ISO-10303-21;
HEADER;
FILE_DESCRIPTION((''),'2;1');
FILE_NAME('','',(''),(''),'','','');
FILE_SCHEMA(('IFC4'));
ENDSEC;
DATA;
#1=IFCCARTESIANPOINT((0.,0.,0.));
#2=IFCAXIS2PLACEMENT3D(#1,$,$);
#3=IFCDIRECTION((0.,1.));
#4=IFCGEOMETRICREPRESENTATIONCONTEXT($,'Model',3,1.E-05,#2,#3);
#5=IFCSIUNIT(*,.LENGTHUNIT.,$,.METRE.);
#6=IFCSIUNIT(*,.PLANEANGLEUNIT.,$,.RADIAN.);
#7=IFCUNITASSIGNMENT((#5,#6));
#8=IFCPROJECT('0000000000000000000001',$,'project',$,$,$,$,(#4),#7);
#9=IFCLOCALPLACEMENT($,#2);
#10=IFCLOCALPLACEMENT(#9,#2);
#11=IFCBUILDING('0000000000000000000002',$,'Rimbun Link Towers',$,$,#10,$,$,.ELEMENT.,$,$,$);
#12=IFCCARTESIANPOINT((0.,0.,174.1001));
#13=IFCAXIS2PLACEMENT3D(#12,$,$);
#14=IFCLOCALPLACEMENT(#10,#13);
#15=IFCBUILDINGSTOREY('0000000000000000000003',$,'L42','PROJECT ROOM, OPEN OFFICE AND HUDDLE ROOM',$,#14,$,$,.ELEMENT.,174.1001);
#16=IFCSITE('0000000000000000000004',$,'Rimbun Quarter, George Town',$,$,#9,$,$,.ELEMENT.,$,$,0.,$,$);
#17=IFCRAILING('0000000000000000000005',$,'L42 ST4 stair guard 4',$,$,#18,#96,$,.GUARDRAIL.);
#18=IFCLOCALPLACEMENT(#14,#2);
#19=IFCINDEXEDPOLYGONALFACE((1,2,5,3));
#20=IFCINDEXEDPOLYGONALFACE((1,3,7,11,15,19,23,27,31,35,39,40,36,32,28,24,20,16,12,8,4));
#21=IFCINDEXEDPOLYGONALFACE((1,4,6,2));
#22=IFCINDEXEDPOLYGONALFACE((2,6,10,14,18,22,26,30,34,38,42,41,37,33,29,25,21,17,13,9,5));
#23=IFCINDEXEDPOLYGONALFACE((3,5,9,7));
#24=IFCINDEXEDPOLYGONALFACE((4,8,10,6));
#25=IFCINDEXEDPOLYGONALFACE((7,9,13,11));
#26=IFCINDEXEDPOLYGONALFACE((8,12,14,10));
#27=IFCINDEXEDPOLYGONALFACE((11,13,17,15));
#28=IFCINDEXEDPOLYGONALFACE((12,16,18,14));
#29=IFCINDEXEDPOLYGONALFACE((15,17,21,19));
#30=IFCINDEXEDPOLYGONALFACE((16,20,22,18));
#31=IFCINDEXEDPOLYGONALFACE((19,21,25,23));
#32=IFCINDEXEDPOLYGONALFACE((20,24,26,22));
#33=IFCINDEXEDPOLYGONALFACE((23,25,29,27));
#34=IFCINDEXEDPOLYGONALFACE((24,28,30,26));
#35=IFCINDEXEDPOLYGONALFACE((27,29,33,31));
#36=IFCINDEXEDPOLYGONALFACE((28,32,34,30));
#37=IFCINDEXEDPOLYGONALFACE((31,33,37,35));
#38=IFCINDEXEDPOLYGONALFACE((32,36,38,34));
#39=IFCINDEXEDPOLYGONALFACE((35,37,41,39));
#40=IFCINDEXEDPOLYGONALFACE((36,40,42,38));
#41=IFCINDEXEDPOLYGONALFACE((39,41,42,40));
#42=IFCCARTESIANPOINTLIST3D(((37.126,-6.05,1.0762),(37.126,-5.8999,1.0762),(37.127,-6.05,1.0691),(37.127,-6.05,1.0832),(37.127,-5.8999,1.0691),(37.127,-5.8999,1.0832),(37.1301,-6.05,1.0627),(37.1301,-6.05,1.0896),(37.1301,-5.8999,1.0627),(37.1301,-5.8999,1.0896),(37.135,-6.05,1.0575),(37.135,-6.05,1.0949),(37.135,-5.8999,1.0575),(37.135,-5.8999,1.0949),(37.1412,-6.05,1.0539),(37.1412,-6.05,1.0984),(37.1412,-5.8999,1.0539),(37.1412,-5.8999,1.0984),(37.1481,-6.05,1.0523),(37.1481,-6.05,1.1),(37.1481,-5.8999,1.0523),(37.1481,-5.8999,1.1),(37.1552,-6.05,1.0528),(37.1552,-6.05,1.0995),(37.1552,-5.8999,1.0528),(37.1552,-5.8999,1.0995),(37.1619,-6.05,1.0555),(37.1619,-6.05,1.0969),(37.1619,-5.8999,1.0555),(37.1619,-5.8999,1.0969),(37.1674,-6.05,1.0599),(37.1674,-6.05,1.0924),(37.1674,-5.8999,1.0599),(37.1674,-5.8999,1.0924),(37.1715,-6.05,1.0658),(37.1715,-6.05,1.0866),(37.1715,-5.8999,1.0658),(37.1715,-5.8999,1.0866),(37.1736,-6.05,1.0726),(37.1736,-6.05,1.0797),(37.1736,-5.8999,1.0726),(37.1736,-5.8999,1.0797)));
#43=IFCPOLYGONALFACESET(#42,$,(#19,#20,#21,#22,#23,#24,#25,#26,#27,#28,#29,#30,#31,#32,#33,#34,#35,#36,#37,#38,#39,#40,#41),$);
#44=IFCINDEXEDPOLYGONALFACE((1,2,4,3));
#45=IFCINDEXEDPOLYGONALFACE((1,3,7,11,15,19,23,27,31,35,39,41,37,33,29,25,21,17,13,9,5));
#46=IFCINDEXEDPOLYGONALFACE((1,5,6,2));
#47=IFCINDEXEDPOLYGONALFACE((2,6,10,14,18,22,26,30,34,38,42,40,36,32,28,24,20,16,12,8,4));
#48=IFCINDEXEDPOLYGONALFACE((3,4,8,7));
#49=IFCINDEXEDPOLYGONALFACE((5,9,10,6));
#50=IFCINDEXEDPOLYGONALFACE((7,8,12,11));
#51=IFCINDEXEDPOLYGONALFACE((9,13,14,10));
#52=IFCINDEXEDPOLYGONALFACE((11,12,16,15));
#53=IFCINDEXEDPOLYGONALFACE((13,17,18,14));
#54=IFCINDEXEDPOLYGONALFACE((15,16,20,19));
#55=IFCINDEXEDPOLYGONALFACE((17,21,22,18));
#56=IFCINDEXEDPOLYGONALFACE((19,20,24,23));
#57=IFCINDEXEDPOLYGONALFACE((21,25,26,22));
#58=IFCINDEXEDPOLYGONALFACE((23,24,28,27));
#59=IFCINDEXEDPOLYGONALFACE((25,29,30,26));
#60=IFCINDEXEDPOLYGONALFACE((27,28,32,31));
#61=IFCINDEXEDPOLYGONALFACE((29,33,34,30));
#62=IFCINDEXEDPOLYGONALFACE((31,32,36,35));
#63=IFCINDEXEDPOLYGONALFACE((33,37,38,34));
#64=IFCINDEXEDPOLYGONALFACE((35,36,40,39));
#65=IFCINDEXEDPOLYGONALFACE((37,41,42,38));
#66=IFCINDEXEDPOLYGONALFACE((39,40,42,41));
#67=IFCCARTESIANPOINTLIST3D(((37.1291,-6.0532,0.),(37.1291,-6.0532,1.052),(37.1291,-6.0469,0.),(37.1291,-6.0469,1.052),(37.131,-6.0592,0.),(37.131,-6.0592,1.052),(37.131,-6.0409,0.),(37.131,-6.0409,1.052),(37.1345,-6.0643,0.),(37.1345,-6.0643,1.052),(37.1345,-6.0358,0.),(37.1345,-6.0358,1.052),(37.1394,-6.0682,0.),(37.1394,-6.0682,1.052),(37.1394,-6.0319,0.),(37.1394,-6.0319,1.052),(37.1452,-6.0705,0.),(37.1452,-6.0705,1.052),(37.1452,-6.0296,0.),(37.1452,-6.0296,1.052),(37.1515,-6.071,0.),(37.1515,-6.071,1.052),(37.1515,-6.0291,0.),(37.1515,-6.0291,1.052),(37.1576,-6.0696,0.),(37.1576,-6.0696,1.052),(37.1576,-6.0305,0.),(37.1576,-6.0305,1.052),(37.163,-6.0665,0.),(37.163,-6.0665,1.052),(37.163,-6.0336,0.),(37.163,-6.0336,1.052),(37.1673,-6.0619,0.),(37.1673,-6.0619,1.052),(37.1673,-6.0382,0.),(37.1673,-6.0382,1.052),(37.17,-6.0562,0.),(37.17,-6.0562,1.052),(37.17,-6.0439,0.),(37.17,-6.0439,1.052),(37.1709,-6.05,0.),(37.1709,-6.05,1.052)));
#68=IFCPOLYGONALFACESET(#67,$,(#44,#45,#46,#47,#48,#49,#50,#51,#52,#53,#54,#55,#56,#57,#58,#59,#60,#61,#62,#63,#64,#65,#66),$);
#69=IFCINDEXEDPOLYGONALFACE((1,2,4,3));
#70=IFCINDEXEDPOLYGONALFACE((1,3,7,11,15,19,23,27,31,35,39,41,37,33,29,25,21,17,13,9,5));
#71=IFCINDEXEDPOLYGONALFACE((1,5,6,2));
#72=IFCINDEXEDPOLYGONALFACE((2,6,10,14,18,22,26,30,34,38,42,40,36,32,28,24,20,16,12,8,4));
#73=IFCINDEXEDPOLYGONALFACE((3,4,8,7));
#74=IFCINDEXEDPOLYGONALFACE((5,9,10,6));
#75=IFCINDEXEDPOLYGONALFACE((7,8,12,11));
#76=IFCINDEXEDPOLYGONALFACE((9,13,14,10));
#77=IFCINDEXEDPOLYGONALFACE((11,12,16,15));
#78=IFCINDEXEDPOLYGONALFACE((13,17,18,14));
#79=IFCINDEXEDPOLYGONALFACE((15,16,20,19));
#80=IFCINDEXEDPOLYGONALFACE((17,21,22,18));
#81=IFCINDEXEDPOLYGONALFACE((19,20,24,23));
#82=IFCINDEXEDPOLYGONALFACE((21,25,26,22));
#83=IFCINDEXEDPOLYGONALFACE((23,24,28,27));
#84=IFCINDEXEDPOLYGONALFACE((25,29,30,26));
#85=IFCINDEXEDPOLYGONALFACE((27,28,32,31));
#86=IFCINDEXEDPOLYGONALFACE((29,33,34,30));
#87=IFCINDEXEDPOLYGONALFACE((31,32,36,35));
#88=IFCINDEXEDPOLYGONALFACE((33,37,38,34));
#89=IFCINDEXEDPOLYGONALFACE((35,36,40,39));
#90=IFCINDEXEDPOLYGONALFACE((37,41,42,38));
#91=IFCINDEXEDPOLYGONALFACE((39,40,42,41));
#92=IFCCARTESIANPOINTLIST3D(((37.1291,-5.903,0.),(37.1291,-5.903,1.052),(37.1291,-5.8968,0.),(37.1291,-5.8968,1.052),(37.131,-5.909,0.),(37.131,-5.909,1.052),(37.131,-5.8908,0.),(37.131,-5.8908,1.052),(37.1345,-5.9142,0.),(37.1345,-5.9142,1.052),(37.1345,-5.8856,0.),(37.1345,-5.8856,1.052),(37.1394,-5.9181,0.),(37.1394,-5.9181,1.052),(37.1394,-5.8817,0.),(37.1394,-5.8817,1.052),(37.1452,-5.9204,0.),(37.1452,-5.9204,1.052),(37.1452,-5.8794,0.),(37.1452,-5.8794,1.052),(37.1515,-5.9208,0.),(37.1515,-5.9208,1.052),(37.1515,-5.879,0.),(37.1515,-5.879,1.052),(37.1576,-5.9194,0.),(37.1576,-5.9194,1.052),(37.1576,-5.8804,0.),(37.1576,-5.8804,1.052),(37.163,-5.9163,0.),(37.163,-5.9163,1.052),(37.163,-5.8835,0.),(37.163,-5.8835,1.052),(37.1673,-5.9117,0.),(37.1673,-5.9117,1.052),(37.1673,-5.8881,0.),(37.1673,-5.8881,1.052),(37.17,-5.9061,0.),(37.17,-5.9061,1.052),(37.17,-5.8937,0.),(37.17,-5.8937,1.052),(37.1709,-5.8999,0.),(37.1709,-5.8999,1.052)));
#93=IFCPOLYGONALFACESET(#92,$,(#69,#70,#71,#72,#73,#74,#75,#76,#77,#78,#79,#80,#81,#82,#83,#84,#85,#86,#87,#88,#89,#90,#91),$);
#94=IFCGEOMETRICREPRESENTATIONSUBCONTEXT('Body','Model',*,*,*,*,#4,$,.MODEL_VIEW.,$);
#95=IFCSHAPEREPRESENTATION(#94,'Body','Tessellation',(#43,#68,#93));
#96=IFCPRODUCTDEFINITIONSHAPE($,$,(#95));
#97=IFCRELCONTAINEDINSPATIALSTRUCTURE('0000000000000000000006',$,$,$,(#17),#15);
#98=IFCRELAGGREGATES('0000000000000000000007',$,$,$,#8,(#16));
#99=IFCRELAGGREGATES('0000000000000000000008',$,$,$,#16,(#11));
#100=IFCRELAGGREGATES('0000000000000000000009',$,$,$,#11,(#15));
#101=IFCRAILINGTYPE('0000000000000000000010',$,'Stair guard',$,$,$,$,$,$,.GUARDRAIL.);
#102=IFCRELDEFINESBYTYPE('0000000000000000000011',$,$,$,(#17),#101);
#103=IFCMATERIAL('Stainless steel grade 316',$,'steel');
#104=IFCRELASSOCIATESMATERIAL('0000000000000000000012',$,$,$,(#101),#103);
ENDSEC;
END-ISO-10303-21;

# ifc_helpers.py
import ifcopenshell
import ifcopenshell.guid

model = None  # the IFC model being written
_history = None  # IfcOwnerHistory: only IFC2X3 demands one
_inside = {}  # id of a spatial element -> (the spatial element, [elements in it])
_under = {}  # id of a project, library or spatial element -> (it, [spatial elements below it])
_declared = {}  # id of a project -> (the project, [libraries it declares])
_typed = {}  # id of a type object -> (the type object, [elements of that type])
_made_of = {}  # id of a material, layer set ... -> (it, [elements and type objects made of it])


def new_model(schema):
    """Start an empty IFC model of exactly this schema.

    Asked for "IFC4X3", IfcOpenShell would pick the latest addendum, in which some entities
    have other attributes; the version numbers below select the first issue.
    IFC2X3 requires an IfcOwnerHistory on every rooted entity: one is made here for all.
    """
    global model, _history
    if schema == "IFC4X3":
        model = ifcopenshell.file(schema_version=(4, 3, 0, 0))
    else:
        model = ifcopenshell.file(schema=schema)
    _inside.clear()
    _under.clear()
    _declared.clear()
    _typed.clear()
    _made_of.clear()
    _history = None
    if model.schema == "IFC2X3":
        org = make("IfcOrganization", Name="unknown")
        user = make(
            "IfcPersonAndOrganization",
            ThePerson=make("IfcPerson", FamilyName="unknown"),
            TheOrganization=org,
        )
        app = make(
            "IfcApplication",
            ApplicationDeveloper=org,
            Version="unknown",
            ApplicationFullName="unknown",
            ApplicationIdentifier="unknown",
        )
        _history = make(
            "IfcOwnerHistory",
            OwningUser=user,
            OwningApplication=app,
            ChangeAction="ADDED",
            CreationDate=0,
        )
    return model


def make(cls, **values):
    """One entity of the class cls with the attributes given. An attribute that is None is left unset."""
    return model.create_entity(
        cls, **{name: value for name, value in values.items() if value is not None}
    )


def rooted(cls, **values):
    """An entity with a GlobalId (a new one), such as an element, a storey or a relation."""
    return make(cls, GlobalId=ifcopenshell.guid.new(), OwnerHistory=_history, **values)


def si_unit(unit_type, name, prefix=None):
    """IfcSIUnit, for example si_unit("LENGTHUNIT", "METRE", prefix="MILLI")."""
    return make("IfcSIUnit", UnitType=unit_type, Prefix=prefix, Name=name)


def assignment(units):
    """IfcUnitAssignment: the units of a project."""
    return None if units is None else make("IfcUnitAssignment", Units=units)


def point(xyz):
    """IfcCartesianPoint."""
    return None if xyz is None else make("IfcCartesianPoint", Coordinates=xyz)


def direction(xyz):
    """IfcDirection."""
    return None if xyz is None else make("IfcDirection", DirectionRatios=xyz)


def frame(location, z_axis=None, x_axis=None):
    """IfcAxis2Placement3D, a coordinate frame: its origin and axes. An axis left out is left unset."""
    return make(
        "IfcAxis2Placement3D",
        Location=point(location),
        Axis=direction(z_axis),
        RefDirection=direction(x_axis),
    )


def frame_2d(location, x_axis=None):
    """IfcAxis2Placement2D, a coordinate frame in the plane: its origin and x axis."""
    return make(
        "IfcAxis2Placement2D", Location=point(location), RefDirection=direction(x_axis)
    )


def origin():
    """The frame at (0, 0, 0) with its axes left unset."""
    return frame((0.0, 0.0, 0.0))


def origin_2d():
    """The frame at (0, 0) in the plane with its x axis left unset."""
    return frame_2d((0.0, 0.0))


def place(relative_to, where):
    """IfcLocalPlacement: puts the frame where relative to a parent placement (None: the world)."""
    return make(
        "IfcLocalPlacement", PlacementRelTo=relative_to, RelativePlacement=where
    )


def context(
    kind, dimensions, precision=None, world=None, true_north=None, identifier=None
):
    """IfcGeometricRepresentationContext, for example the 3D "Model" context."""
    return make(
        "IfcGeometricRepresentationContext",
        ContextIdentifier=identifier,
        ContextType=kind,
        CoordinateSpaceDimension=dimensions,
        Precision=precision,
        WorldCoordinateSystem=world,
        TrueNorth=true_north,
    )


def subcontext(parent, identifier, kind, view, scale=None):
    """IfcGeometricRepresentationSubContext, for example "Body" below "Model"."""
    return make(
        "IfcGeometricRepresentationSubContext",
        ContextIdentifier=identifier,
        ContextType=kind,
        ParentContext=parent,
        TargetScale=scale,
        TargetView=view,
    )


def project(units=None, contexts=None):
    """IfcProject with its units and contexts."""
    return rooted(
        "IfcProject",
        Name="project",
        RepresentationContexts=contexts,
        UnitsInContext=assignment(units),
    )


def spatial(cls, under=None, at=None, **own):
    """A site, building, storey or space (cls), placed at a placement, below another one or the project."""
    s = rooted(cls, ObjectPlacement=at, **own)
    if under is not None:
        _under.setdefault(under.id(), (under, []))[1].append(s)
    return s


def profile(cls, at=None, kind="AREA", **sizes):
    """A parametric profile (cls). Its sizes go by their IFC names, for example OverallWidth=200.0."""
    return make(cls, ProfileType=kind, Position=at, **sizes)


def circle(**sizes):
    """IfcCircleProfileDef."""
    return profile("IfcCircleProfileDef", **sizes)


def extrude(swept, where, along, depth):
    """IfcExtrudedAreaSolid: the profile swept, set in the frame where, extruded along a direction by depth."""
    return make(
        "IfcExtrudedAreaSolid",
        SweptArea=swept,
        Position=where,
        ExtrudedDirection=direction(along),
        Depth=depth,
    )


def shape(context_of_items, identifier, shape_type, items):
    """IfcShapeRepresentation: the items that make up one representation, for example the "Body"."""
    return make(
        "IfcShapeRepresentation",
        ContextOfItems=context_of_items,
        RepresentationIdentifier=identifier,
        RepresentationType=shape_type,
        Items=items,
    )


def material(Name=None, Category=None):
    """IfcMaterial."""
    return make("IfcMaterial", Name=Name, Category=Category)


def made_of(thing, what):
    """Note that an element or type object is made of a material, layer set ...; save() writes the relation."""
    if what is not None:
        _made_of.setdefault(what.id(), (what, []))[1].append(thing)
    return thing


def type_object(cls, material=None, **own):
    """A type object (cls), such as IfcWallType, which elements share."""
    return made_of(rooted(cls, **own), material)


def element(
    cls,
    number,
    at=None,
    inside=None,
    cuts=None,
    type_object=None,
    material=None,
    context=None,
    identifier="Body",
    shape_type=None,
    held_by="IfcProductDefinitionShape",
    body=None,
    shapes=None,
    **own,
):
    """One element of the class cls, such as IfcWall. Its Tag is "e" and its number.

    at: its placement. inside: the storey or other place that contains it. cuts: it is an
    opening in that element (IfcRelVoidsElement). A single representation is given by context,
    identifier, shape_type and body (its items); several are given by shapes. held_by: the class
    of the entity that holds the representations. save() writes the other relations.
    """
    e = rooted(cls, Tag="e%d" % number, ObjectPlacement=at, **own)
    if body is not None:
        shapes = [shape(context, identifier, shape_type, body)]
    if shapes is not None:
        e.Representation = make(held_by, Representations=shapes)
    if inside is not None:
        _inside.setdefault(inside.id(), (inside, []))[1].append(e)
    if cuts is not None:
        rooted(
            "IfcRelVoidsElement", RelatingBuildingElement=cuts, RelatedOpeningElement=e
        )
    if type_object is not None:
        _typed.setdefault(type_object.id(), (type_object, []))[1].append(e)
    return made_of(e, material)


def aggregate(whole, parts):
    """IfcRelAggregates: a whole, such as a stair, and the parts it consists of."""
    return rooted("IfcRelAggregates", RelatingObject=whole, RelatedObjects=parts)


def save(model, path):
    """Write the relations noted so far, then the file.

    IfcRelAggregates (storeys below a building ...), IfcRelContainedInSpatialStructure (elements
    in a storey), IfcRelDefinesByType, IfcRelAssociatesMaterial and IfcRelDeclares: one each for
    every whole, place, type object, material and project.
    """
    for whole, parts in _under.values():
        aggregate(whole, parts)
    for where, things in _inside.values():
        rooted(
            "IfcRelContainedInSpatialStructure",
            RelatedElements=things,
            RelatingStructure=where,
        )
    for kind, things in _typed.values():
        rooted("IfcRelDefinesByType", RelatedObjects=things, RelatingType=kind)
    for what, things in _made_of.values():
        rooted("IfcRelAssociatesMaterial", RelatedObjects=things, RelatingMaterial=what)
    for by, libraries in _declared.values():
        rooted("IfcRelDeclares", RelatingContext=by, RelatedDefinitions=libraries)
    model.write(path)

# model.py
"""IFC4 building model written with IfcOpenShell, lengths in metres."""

from ifc_helpers import new_model, si_unit, direction, frame, origin, origin_2d, place, context, subcontext, project, spatial, circle, extrude, material, type_object, element, save


model = new_model("IFC4")

# Units and contexts
model_context = context("Model", 3, precision=1e-05, world=origin(), true_north=direction((0.0, 1.0)))
body_context = subcontext(model_context, "Body", "Model", "MODEL_VIEW")
ifc_project = project(units=[si_unit("LENGTHUNIT", "METRE"), si_unit("PLANEANGLEUNIT", "RADIAN")], contexts=[model_context])

# Site, building, storey
site_placement = place(None, origin())
site = spatial("IfcSite", under=ifc_project, at=site_placement, Name="Rimbun Quarter, George Town", CompositionType="ELEMENT", RefElevation=0.0)
building_placement = place(site_placement, origin())
building = spatial("IfcBuilding", under=site, at=building_placement, Name="Rimbun Link Towers", CompositionType="ELEMENT")
storey_placement = place(building_placement, frame((0.0, 0.0, 174.1001)))
storey = spatial("IfcBuildingStorey", under=building, at=storey_placement, Name="L42", Description="PROJECT ROOM, OPEN OFFICE AND HUDDLE ROOM", CompositionType="ELEMENT", Elevation=174.1001)

# Railing
ifc_material_1 = material(Name="Stainless steel grade 316", Category="steel")
railing_type_1 = type_object("IfcRailingType", Name="Stair guard", PredefinedType="GUARDRAIL", material=ifc_material_1)
railing_1_placement = place(storey_placement, frame((37.1499, -6.05, 0.0)))
element("IfcRailing", 1, at=railing_1_placement, inside=storey, type_object=railing_type_1, Name="L42 ST4 stair guard 4", PredefinedType="GUARDRAIL", context=body_context, shape_type="SweptSolid", body=[
    extrude(circle(Radius=0.0239, at=origin_2d()), frame((0.0, 0.0, 1.0762), z_axis=(0.0, 1.0, 0.0), x_axis=(-1.0, 0.0, 0.0)), (0.0, 0.0, 1.0), 0.1501),
    extrude(circle(Radius=0.021, at=origin_2d()), origin(), (0.0, 0.0, 1.0), 1.052),
    extrude(circle(Radius=0.021, at=origin_2d()), frame((0.0, 0.1501, 0.0)), (0.0, 0.0, 1.0), 1.052),
])

save(model, "model.ifc")
